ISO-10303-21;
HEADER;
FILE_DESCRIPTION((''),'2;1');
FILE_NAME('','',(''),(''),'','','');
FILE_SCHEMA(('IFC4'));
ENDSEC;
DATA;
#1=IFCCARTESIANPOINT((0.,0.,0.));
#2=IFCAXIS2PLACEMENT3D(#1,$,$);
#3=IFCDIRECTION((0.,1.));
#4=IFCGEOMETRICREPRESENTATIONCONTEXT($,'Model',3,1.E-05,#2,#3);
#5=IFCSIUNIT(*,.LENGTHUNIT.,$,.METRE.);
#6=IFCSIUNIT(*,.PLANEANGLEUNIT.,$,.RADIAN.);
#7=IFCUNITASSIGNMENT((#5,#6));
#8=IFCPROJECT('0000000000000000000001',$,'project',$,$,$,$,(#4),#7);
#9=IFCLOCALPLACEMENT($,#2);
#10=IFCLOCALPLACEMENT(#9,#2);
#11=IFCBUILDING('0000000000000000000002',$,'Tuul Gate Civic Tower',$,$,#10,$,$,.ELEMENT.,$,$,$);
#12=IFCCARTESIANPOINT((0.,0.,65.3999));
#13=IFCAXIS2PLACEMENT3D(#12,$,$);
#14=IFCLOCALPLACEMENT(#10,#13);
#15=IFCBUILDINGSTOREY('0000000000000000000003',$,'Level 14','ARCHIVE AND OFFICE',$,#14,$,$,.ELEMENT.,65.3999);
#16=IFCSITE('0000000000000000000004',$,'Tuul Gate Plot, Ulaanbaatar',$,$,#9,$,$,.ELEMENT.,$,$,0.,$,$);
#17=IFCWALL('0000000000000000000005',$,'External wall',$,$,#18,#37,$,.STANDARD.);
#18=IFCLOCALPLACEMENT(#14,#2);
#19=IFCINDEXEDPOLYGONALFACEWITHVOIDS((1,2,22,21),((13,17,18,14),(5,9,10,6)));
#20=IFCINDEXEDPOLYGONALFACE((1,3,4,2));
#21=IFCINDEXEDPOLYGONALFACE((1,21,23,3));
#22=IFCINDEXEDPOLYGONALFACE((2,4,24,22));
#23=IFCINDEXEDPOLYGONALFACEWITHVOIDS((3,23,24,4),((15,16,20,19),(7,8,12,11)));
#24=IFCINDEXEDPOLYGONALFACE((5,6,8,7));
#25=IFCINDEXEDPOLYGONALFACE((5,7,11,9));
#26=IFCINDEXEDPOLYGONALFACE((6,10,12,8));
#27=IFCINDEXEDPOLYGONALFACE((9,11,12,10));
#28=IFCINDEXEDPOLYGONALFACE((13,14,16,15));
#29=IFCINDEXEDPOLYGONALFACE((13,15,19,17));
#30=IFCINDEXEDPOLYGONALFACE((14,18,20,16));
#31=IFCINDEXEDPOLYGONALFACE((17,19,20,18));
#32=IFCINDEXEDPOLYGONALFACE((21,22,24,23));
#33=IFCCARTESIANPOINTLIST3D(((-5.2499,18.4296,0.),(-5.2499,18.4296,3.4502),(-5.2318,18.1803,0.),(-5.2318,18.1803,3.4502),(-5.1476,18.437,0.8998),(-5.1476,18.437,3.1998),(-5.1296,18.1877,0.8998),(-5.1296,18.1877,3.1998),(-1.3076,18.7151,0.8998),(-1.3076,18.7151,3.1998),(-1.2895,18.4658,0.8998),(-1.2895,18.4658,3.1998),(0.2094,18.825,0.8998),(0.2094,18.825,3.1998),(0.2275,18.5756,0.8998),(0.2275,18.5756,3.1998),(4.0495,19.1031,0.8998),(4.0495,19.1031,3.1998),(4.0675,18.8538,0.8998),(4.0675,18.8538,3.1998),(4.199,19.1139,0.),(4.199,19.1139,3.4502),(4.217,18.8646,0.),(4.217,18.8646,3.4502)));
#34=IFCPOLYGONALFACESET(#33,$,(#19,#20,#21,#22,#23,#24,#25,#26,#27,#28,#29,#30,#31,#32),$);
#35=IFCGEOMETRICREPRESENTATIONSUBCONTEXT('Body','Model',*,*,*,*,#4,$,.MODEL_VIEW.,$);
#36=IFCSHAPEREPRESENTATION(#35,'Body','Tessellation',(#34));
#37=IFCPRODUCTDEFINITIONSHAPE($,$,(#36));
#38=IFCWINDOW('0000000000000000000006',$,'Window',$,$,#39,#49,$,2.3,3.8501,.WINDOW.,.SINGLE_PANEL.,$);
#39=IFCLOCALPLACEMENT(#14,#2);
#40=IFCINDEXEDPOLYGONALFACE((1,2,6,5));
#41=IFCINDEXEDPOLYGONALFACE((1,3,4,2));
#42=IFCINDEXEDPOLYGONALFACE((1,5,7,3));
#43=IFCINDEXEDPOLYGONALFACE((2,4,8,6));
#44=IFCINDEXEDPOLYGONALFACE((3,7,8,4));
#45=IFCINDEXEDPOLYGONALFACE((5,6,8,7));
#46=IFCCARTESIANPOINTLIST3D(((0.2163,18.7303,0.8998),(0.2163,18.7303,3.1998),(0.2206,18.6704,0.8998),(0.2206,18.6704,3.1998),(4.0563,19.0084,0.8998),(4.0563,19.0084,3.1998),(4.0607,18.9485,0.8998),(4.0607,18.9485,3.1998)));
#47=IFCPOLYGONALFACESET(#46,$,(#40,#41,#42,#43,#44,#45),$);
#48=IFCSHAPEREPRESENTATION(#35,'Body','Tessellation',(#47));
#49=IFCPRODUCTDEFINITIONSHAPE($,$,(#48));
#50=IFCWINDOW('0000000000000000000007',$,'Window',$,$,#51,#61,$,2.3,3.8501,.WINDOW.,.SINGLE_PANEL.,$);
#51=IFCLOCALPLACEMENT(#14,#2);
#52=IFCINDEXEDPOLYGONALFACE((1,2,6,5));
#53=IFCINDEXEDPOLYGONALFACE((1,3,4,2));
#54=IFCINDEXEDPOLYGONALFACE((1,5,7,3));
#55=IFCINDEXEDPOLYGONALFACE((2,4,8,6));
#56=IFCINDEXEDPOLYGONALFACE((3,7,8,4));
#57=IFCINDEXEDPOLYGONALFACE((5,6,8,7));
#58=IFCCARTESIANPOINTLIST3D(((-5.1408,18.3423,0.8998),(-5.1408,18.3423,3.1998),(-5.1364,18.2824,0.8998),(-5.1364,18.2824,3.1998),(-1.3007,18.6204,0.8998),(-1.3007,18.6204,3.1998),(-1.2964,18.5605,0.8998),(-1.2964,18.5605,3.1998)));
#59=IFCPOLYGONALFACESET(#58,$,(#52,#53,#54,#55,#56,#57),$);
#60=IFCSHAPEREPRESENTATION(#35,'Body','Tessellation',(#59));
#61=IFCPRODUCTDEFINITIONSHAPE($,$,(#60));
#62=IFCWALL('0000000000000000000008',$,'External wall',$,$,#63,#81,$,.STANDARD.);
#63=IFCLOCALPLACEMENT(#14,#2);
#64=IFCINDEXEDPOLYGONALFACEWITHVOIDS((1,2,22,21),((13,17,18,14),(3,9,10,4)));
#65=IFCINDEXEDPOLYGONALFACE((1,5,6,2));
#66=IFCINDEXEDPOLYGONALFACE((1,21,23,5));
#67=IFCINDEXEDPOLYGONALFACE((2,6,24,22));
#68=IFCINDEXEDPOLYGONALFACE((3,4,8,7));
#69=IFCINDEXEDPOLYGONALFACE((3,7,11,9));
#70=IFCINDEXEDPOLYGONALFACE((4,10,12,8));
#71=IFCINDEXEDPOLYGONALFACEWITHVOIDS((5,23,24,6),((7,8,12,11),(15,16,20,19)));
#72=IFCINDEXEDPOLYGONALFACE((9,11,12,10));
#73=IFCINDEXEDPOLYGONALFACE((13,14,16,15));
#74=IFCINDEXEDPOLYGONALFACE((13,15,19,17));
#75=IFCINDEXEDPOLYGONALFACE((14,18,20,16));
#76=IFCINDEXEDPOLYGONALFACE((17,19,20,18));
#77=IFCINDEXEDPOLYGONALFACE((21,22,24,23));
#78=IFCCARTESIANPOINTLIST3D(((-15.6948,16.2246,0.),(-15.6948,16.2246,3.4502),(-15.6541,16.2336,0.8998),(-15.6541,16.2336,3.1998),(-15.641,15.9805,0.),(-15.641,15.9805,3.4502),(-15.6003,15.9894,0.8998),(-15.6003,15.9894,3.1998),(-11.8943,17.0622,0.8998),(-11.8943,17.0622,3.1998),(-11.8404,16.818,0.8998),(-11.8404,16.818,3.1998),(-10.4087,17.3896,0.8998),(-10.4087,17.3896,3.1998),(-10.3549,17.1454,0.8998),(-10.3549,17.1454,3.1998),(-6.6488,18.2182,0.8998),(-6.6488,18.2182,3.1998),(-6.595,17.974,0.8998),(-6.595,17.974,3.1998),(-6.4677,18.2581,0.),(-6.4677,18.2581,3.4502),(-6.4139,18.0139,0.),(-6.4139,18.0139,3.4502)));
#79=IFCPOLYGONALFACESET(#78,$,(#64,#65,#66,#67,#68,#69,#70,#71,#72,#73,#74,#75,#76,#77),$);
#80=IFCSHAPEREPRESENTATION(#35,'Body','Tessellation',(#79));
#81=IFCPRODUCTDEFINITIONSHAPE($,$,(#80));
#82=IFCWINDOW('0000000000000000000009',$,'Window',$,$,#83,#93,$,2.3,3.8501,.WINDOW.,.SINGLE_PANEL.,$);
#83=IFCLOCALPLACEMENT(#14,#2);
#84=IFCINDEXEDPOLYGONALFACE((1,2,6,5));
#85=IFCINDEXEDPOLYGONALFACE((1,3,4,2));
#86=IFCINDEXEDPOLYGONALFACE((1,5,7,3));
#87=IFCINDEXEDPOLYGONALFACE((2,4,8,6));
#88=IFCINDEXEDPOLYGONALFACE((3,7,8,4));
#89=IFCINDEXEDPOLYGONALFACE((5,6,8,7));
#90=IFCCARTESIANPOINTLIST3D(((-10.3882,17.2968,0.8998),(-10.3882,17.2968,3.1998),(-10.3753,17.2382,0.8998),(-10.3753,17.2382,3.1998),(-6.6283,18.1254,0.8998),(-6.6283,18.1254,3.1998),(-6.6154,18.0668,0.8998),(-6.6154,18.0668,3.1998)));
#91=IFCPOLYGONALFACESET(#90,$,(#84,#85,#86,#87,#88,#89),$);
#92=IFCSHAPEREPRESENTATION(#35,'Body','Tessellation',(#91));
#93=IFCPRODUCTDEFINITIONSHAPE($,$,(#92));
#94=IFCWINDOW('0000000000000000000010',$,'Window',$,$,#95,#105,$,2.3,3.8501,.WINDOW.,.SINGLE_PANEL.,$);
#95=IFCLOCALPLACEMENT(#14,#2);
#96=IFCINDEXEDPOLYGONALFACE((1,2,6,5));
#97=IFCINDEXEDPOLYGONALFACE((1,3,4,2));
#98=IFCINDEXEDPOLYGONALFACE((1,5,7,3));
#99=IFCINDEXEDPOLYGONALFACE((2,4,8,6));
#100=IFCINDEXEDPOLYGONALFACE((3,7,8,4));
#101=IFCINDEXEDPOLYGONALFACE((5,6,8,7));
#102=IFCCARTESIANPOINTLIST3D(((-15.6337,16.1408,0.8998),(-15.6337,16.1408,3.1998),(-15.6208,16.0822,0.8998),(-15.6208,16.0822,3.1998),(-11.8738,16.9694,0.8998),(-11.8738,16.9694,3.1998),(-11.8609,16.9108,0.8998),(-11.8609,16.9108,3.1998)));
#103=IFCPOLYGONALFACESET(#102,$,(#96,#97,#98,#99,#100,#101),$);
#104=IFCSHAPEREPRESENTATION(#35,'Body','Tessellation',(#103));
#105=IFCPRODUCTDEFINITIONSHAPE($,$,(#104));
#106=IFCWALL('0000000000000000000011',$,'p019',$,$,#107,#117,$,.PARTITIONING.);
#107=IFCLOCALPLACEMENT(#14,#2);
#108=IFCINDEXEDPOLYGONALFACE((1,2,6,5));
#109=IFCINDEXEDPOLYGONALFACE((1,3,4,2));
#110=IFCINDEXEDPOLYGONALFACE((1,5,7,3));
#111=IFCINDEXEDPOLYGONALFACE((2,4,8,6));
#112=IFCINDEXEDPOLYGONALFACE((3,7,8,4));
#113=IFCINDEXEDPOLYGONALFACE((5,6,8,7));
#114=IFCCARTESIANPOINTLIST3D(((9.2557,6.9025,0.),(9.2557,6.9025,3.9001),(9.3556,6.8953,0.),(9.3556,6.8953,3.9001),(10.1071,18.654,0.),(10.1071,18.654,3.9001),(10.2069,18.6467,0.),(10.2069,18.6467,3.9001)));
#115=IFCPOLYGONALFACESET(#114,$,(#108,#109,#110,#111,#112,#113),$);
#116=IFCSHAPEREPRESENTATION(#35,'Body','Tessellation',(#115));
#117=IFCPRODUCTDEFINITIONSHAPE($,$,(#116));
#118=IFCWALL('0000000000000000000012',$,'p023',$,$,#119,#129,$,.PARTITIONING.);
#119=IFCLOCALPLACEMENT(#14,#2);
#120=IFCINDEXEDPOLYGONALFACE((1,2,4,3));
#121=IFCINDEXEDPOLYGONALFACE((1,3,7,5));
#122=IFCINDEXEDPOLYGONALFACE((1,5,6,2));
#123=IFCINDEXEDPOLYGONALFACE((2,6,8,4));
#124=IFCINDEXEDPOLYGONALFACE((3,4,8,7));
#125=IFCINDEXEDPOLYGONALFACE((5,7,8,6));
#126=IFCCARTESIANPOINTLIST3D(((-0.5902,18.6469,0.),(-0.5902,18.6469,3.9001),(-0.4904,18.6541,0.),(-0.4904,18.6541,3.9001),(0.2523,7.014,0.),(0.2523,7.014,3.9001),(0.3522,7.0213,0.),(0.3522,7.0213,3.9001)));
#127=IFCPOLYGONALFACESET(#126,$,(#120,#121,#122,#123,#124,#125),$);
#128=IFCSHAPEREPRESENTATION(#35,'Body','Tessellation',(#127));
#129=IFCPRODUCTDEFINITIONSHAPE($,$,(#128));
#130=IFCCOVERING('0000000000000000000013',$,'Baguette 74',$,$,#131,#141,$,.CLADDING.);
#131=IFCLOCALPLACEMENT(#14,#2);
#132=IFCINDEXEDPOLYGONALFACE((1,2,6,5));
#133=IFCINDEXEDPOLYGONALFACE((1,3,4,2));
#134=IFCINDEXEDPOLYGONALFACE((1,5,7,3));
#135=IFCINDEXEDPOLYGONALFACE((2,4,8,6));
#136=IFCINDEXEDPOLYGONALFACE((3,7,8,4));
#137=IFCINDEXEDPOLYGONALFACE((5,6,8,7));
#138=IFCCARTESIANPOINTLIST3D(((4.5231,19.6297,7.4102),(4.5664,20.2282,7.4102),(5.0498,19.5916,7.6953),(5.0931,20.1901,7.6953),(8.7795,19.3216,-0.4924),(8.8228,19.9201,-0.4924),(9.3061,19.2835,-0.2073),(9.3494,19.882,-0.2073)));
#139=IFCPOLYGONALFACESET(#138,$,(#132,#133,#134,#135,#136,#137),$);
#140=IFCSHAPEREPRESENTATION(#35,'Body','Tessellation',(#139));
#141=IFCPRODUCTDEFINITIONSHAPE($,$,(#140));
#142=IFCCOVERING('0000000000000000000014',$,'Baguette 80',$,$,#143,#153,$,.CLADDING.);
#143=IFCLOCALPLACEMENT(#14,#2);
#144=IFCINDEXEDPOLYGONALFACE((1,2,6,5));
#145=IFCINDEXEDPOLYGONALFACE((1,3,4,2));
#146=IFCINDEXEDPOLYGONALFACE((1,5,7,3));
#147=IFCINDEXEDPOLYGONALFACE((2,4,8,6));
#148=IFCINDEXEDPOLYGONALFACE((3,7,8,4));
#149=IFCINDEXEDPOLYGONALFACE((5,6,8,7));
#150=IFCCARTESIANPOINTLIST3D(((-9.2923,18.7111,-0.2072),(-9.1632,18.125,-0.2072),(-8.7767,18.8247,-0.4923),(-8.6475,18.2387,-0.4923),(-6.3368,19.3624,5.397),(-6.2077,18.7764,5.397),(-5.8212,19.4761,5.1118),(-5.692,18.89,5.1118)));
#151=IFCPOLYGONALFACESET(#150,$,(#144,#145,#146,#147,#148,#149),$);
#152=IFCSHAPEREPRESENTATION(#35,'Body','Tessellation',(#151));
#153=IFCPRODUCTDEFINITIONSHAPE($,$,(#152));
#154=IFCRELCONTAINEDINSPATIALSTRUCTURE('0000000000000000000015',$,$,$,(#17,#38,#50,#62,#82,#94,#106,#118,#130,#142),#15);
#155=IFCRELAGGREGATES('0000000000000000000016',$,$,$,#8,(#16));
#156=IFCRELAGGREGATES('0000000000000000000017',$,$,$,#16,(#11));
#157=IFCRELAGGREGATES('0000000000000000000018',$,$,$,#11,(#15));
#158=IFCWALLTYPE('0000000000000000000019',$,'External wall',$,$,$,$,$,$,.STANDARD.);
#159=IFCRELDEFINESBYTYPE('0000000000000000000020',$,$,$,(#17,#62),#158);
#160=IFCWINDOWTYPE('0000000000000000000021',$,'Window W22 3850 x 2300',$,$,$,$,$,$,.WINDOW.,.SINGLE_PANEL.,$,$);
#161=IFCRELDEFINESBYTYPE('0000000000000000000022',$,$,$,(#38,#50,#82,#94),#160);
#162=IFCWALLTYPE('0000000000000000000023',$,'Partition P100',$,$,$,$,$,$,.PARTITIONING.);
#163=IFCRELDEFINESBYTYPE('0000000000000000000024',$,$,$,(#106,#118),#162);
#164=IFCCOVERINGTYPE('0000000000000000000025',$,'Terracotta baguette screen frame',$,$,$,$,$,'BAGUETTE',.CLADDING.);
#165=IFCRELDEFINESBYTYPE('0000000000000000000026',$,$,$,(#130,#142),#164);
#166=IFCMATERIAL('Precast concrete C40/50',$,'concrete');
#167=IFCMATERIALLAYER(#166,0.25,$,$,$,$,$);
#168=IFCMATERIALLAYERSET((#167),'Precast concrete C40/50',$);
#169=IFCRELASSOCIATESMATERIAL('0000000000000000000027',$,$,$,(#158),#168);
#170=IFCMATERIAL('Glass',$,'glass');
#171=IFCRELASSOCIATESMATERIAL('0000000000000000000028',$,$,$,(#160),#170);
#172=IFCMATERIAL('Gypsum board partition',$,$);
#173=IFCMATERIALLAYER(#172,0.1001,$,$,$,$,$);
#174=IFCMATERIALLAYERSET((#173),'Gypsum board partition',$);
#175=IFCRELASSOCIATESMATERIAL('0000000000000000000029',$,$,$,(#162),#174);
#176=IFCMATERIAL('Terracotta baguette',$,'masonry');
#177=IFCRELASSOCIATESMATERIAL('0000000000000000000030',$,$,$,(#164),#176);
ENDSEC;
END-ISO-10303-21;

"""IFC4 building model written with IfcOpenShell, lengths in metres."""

from ifc_helpers import new_model, si_unit, direction, frame, frame_2d, origin, origin_2d, place, context, subcontext, project, spatial, rectangle, extrude, material, layer, layer_set, material_profile, profile_set, type_object, element, fill, save


model = new_model("IFC4")

# Units and contexts
model_context = context("Model", 3, precision=1e-05, world=origin(), true_north=direction((0.0, 1.0)))
body_context = subcontext(model_context, "Body", "Model", "MODEL_VIEW")
ifc_project = project(units=[si_unit("LENGTHUNIT", "METRE"), si_unit("PLANEANGLEUNIT", "RADIAN")], contexts=[model_context])

# Site, building, storey
site_placement = place(None, origin())
site = spatial("IfcSite", under=ifc_project, at=site_placement, Name="Tuul Gate Plot, Ulaanbaatar", CompositionType="ELEMENT", RefElevation=0.0)
building_placement = place(site_placement, origin())
building = spatial("IfcBuilding", under=site, at=building_placement, Name="Tuul Gate Civic Tower", CompositionType="ELEMENT")
storey_placement = place(building_placement, frame((0.0, 0.0, 65.3999)))
storey = spatial("IfcBuildingStorey", under=building, at=storey_placement, Name="Level 14", Description="ARCHIVE AND OFFICE", CompositionType="ELEMENT", Elevation=65.3999)

# Walls, openings, windows
ifc_material_1 = material(Name="Precast concrete C40/50", Category="concrete")
ifc_layer_1 = layer(ifc_material_1, 0.25)
ifc_layer_set_1 = layer_set([ifc_layer_1], Name="Precast concrete C40/50")
wall_type_1 = type_object("IfcWallType", Name="External wall", PredefinedType="STANDARD", material=ifc_layer_set_1)
wall_1_placement = place(storey_placement, frame((4.208, 18.9893, 0.0), z_axis=(0.0, 0.0, 1.0), x_axis=(-0.997388, -0.072234, 0.0)))
wall_1 = element("IfcWall", 1, at=wall_1_placement, inside=storey, type_object=wall_type_1, Name="External wall", PredefinedType="STANDARD", context=body_context, shape_type="SweptSolid", body=[
    extrude(rectangle(XDim=9.4736, YDim=0.25, at=frame_2d((4.7368, 0.0))), origin(), (0.0, 0.0, 1.0), 3.4502),
])
opening_1_placement = place(wall_1_placement, frame((0.1499, 0.0, 0.8999)))
opening_1 = element("IfcOpeningElement", 2, at=opening_1_placement, cuts=wall_1, PredefinedType="OPENING", context=body_context, shape_type="SweptSolid", body=[
    extrude(rectangle(XDim=3.8501, YDim=2.3, at=frame_2d((1.925, 1.1499))), frame((0.0, 0.135, 0.0), z_axis=(0.0, -1.0, 0.0), x_axis=(1.0, 0.0, 0.0)), (0.0, 0.0, 1.0), 0.27),
])
opening_2_placement = place(wall_1_placement, frame((5.521, 0.0, 0.8999)))
opening_2 = element("IfcOpeningElement", 3, at=opening_2_placement, cuts=wall_1, PredefinedType="OPENING", context=body_context, shape_type="SweptSolid", body=[
    extrude(rectangle(XDim=3.8501, YDim=2.3, at=frame_2d((1.925, 1.1499))), frame((0.0, 0.135, 0.0), z_axis=(0.0, -1.0, 0.0), x_axis=(1.0, 0.0, 0.0)), (0.0, 0.0, 1.0), 0.27),
])
ifc_material_2 = material(Name="Glass", Category="glass")
window_type = type_object("IfcWindowType", Name="Window W22 3850 x 2300", PartitioningType="SINGLE_PANEL", PredefinedType="WINDOW", material=ifc_material_2)
window_1_placement = place(opening_1_placement, origin())
window_1 = element("IfcWindow", 4, at=window_1_placement, inside=storey, type_object=window_type, Name="Window", OverallHeight=2.3, OverallWidth=3.8501, PartitioningType="SINGLE_PANEL", PredefinedType="WINDOW", context=body_context, shape_type="SweptSolid", body=[
    extrude(rectangle(XDim=3.8501, YDim=2.3, at=frame_2d((1.925, 1.1499))), frame((0.0, 0.03, 0.0), z_axis=(0.0, -1.0, 0.0), x_axis=(1.0, 0.0, 0.0)), (0.0, 0.0, 1.0), 0.0601),
])
fill(opening_1, window_1)
window_2_placement = place(opening_2_placement, origin())
window_2 = element("IfcWindow", 5, at=window_2_placement, inside=storey, type_object=window_type, Name="Window", OverallHeight=2.3, OverallWidth=3.8501, PartitioningType="SINGLE_PANEL", PredefinedType="WINDOW", context=body_context, shape_type="SweptSolid", body=[
    extrude(rectangle(XDim=3.8501, YDim=2.3, at=frame_2d((1.925, 1.1499))), frame((0.0, 0.03, 0.0), z_axis=(0.0, -1.0, 0.0), x_axis=(1.0, 0.0, 0.0)), (0.0, 0.0, 1.0), 0.0601),
])
fill(opening_2, window_2)
wall_2_placement = place(storey_placement, frame((-6.4409, 18.136, 0.0), z_axis=(0.0, 0.0, 1.0), x_axis=(-0.976567, -0.215215, 0.0)))
wall_2 = element("IfcWall", 6, at=wall_2_placement, inside=storey, type_object=wall_type_1, Name="External wall", PredefinedType="STANDARD", context=body_context, shape_type="SweptSolid", body=[
    extrude(rectangle(XDim=9.4485, YDim=0.25, at=frame_2d((4.7241, 0.0))), origin(), (0.0, 0.0, 1.0), 3.4502),
])
opening_3_placement = place(wall_2_placement, frame((0.1853, 0.0, 0.8999)))
opening_3 = element("IfcOpeningElement", 7, at=opening_3_placement, cuts=wall_2, PredefinedType="OPENING", context=body_context, shape_type="SweptSolid", body=[
    extrude(rectangle(XDim=3.8501, YDim=2.3, at=frame_2d((1.925, 1.1499))), frame((0.0, 0.135, 0.0), z_axis=(0.0, -1.0, 0.0), x_axis=(1.0, 0.0, 0.0)), (0.0, 0.0, 1.0), 0.27),
])
opening_4_placement = place(wall_2_placement, frame((5.5566, 0.0, 0.8999)))
opening_4 = element("IfcOpeningElement", 8, at=opening_4_placement, cuts=wall_2, PredefinedType="OPENING", context=body_context, shape_type="SweptSolid", body=[
    extrude(rectangle(XDim=3.8501, YDim=2.3, at=frame_2d((1.925, 1.1499))), frame((0.0, 0.135, 0.0), z_axis=(0.0, -1.0, 0.0), x_axis=(1.0, 0.0, 0.0)), (0.0, 0.0, 1.0), 0.27),
])
window_3_placement = place(opening_3_placement, origin())
window_3 = element("IfcWindow", 9, at=window_3_placement, inside=storey, type_object=window_type, Name="Window", OverallHeight=2.3, OverallWidth=3.8501, PartitioningType="SINGLE_PANEL", PredefinedType="WINDOW", context=body_context, shape_type="SweptSolid", body=[
    extrude(rectangle(XDim=3.8501, YDim=2.3, at=frame_2d((1.925, 1.1499))), frame((0.0, 0.03, 0.0), z_axis=(0.0, -1.0, 0.0), x_axis=(1.0, 0.0, 0.0)), (0.0, 0.0, 1.0), 0.0601),
])
fill(opening_3, window_3)
window_4_placement = place(opening_4_placement, origin())
window_4 = element("IfcWindow", 10, at=window_4_placement, inside=storey, type_object=window_type, Name="Window", OverallHeight=2.3, OverallWidth=3.8501, PartitioningType="SINGLE_PANEL", PredefinedType="WINDOW", context=body_context, shape_type="SweptSolid", body=[
    extrude(rectangle(XDim=3.8501, YDim=2.3, at=frame_2d((1.925, 1.1499))), frame((0.0, 0.03, 0.0), z_axis=(0.0, -1.0, 0.0), x_axis=(1.0, 0.0, 0.0)), (0.0, 0.0, 1.0), 0.0601),
])
fill(opening_4, window_4)

# Walls
ifc_material_3 = material(Name="Gypsum board partition")
ifc_layer_2 = layer(ifc_material_3, 0.1001)
ifc_layer_set_2 = layer_set([ifc_layer_2], Name="Gypsum board partition")
wall_type_2 = type_object("IfcWallType", Name="Partition P100", PredefinedType="PARTITIONING", material=ifc_layer_set_2)
wall_3_placement = place(storey_placement, frame((9.3057, 6.8989, 0.0), z_axis=(0.0, 0.0, 1.0), x_axis=(0.072254, 0.997386, 0.0)))
element("IfcWall", 11, at=wall_3_placement, inside=storey, type_object=wall_type_2, Name="p019", PredefinedType="PARTITIONING", context=body_context, shape_type="SweptSolid", body=[
    extrude(rectangle(XDim=11.7822, YDim=0.1001, at=frame_2d((5.8911, 0.0))), origin(), (0.0, 0.0, 1.0), 3.9001),
])
wall_4_placement = place(storey_placement, frame((-0.5403, 18.6504, 0.0), z_axis=(0.0, 0.0, 1.0), x_axis=(0.072238, -0.997387, 0.0)))
element("IfcWall", 12, at=wall_4_placement, inside=storey, type_object=wall_type_2, Name="p023", PredefinedType="PARTITIONING", context=body_context, shape_type="SweptSolid", body=[
    extrude(rectangle(XDim=11.6633, YDim=0.1001, at=frame_2d((5.8315, 0.0))), origin(), (0.0, 0.0, 1.0), 3.9001),
])

# Coverings
ifc_material_4 = material(Name="Terracotta baguette", Category="masonry")
ifc_material_profile_1 = material_profile(ifc_material_4, rectangle(XDim=0.6001, YDim=0.6001, at=origin_2d()), Name="Terracotta baguette screen frame")
ifc_profile_set_1 = profile_set([ifc_material_profile_1], Name="Terracotta baguette")
covering_type = type_object("IfcCoveringType", Name="Terracotta baguette screen frame", ElementType="BAGUETTE", PredefinedType="CLADDING", material=ifc_profile_set_1)
covering_1_placement = place(storey_placement, frame((4.8081, 19.9099, 7.5527), z_axis=(0.473916, -0.034306, -0.879901), x_axis=(0.072198, 0.99739, 0.0)))
element("IfcCovering", 13, at=covering_1_placement, inside=storey, type_object=covering_type, Name="Baguette 74", PredefinedType="CLADDING", context=body_context, shape_type="SweptSolid", body=[
    extrude(rectangle(XDim=0.6001, YDim=0.6001, at=origin_2d()), origin(), (0.0, 0.0, 1.0), 8.9812),
])
covering_2_placement = place(storey_placement, frame((-6.0144, 19.1262, 5.2544), z_axis=(-0.464037, -0.102268, -0.879892), x_axis=(0.215222, -0.976565, 0.0)))
element("IfcCovering", 14, at=covering_2_placement, inside=storey, type_object=covering_type, Name="Baguette 80", PredefinedType="CLADDING", context=body_context, shape_type="SweptSolid", body=[
    extrude(rectangle(XDim=0.6001, YDim=0.6001, at=origin_2d()), origin(), (0.0, 0.0, 1.0), 6.3691),
])

save(model, "model.ifc")
